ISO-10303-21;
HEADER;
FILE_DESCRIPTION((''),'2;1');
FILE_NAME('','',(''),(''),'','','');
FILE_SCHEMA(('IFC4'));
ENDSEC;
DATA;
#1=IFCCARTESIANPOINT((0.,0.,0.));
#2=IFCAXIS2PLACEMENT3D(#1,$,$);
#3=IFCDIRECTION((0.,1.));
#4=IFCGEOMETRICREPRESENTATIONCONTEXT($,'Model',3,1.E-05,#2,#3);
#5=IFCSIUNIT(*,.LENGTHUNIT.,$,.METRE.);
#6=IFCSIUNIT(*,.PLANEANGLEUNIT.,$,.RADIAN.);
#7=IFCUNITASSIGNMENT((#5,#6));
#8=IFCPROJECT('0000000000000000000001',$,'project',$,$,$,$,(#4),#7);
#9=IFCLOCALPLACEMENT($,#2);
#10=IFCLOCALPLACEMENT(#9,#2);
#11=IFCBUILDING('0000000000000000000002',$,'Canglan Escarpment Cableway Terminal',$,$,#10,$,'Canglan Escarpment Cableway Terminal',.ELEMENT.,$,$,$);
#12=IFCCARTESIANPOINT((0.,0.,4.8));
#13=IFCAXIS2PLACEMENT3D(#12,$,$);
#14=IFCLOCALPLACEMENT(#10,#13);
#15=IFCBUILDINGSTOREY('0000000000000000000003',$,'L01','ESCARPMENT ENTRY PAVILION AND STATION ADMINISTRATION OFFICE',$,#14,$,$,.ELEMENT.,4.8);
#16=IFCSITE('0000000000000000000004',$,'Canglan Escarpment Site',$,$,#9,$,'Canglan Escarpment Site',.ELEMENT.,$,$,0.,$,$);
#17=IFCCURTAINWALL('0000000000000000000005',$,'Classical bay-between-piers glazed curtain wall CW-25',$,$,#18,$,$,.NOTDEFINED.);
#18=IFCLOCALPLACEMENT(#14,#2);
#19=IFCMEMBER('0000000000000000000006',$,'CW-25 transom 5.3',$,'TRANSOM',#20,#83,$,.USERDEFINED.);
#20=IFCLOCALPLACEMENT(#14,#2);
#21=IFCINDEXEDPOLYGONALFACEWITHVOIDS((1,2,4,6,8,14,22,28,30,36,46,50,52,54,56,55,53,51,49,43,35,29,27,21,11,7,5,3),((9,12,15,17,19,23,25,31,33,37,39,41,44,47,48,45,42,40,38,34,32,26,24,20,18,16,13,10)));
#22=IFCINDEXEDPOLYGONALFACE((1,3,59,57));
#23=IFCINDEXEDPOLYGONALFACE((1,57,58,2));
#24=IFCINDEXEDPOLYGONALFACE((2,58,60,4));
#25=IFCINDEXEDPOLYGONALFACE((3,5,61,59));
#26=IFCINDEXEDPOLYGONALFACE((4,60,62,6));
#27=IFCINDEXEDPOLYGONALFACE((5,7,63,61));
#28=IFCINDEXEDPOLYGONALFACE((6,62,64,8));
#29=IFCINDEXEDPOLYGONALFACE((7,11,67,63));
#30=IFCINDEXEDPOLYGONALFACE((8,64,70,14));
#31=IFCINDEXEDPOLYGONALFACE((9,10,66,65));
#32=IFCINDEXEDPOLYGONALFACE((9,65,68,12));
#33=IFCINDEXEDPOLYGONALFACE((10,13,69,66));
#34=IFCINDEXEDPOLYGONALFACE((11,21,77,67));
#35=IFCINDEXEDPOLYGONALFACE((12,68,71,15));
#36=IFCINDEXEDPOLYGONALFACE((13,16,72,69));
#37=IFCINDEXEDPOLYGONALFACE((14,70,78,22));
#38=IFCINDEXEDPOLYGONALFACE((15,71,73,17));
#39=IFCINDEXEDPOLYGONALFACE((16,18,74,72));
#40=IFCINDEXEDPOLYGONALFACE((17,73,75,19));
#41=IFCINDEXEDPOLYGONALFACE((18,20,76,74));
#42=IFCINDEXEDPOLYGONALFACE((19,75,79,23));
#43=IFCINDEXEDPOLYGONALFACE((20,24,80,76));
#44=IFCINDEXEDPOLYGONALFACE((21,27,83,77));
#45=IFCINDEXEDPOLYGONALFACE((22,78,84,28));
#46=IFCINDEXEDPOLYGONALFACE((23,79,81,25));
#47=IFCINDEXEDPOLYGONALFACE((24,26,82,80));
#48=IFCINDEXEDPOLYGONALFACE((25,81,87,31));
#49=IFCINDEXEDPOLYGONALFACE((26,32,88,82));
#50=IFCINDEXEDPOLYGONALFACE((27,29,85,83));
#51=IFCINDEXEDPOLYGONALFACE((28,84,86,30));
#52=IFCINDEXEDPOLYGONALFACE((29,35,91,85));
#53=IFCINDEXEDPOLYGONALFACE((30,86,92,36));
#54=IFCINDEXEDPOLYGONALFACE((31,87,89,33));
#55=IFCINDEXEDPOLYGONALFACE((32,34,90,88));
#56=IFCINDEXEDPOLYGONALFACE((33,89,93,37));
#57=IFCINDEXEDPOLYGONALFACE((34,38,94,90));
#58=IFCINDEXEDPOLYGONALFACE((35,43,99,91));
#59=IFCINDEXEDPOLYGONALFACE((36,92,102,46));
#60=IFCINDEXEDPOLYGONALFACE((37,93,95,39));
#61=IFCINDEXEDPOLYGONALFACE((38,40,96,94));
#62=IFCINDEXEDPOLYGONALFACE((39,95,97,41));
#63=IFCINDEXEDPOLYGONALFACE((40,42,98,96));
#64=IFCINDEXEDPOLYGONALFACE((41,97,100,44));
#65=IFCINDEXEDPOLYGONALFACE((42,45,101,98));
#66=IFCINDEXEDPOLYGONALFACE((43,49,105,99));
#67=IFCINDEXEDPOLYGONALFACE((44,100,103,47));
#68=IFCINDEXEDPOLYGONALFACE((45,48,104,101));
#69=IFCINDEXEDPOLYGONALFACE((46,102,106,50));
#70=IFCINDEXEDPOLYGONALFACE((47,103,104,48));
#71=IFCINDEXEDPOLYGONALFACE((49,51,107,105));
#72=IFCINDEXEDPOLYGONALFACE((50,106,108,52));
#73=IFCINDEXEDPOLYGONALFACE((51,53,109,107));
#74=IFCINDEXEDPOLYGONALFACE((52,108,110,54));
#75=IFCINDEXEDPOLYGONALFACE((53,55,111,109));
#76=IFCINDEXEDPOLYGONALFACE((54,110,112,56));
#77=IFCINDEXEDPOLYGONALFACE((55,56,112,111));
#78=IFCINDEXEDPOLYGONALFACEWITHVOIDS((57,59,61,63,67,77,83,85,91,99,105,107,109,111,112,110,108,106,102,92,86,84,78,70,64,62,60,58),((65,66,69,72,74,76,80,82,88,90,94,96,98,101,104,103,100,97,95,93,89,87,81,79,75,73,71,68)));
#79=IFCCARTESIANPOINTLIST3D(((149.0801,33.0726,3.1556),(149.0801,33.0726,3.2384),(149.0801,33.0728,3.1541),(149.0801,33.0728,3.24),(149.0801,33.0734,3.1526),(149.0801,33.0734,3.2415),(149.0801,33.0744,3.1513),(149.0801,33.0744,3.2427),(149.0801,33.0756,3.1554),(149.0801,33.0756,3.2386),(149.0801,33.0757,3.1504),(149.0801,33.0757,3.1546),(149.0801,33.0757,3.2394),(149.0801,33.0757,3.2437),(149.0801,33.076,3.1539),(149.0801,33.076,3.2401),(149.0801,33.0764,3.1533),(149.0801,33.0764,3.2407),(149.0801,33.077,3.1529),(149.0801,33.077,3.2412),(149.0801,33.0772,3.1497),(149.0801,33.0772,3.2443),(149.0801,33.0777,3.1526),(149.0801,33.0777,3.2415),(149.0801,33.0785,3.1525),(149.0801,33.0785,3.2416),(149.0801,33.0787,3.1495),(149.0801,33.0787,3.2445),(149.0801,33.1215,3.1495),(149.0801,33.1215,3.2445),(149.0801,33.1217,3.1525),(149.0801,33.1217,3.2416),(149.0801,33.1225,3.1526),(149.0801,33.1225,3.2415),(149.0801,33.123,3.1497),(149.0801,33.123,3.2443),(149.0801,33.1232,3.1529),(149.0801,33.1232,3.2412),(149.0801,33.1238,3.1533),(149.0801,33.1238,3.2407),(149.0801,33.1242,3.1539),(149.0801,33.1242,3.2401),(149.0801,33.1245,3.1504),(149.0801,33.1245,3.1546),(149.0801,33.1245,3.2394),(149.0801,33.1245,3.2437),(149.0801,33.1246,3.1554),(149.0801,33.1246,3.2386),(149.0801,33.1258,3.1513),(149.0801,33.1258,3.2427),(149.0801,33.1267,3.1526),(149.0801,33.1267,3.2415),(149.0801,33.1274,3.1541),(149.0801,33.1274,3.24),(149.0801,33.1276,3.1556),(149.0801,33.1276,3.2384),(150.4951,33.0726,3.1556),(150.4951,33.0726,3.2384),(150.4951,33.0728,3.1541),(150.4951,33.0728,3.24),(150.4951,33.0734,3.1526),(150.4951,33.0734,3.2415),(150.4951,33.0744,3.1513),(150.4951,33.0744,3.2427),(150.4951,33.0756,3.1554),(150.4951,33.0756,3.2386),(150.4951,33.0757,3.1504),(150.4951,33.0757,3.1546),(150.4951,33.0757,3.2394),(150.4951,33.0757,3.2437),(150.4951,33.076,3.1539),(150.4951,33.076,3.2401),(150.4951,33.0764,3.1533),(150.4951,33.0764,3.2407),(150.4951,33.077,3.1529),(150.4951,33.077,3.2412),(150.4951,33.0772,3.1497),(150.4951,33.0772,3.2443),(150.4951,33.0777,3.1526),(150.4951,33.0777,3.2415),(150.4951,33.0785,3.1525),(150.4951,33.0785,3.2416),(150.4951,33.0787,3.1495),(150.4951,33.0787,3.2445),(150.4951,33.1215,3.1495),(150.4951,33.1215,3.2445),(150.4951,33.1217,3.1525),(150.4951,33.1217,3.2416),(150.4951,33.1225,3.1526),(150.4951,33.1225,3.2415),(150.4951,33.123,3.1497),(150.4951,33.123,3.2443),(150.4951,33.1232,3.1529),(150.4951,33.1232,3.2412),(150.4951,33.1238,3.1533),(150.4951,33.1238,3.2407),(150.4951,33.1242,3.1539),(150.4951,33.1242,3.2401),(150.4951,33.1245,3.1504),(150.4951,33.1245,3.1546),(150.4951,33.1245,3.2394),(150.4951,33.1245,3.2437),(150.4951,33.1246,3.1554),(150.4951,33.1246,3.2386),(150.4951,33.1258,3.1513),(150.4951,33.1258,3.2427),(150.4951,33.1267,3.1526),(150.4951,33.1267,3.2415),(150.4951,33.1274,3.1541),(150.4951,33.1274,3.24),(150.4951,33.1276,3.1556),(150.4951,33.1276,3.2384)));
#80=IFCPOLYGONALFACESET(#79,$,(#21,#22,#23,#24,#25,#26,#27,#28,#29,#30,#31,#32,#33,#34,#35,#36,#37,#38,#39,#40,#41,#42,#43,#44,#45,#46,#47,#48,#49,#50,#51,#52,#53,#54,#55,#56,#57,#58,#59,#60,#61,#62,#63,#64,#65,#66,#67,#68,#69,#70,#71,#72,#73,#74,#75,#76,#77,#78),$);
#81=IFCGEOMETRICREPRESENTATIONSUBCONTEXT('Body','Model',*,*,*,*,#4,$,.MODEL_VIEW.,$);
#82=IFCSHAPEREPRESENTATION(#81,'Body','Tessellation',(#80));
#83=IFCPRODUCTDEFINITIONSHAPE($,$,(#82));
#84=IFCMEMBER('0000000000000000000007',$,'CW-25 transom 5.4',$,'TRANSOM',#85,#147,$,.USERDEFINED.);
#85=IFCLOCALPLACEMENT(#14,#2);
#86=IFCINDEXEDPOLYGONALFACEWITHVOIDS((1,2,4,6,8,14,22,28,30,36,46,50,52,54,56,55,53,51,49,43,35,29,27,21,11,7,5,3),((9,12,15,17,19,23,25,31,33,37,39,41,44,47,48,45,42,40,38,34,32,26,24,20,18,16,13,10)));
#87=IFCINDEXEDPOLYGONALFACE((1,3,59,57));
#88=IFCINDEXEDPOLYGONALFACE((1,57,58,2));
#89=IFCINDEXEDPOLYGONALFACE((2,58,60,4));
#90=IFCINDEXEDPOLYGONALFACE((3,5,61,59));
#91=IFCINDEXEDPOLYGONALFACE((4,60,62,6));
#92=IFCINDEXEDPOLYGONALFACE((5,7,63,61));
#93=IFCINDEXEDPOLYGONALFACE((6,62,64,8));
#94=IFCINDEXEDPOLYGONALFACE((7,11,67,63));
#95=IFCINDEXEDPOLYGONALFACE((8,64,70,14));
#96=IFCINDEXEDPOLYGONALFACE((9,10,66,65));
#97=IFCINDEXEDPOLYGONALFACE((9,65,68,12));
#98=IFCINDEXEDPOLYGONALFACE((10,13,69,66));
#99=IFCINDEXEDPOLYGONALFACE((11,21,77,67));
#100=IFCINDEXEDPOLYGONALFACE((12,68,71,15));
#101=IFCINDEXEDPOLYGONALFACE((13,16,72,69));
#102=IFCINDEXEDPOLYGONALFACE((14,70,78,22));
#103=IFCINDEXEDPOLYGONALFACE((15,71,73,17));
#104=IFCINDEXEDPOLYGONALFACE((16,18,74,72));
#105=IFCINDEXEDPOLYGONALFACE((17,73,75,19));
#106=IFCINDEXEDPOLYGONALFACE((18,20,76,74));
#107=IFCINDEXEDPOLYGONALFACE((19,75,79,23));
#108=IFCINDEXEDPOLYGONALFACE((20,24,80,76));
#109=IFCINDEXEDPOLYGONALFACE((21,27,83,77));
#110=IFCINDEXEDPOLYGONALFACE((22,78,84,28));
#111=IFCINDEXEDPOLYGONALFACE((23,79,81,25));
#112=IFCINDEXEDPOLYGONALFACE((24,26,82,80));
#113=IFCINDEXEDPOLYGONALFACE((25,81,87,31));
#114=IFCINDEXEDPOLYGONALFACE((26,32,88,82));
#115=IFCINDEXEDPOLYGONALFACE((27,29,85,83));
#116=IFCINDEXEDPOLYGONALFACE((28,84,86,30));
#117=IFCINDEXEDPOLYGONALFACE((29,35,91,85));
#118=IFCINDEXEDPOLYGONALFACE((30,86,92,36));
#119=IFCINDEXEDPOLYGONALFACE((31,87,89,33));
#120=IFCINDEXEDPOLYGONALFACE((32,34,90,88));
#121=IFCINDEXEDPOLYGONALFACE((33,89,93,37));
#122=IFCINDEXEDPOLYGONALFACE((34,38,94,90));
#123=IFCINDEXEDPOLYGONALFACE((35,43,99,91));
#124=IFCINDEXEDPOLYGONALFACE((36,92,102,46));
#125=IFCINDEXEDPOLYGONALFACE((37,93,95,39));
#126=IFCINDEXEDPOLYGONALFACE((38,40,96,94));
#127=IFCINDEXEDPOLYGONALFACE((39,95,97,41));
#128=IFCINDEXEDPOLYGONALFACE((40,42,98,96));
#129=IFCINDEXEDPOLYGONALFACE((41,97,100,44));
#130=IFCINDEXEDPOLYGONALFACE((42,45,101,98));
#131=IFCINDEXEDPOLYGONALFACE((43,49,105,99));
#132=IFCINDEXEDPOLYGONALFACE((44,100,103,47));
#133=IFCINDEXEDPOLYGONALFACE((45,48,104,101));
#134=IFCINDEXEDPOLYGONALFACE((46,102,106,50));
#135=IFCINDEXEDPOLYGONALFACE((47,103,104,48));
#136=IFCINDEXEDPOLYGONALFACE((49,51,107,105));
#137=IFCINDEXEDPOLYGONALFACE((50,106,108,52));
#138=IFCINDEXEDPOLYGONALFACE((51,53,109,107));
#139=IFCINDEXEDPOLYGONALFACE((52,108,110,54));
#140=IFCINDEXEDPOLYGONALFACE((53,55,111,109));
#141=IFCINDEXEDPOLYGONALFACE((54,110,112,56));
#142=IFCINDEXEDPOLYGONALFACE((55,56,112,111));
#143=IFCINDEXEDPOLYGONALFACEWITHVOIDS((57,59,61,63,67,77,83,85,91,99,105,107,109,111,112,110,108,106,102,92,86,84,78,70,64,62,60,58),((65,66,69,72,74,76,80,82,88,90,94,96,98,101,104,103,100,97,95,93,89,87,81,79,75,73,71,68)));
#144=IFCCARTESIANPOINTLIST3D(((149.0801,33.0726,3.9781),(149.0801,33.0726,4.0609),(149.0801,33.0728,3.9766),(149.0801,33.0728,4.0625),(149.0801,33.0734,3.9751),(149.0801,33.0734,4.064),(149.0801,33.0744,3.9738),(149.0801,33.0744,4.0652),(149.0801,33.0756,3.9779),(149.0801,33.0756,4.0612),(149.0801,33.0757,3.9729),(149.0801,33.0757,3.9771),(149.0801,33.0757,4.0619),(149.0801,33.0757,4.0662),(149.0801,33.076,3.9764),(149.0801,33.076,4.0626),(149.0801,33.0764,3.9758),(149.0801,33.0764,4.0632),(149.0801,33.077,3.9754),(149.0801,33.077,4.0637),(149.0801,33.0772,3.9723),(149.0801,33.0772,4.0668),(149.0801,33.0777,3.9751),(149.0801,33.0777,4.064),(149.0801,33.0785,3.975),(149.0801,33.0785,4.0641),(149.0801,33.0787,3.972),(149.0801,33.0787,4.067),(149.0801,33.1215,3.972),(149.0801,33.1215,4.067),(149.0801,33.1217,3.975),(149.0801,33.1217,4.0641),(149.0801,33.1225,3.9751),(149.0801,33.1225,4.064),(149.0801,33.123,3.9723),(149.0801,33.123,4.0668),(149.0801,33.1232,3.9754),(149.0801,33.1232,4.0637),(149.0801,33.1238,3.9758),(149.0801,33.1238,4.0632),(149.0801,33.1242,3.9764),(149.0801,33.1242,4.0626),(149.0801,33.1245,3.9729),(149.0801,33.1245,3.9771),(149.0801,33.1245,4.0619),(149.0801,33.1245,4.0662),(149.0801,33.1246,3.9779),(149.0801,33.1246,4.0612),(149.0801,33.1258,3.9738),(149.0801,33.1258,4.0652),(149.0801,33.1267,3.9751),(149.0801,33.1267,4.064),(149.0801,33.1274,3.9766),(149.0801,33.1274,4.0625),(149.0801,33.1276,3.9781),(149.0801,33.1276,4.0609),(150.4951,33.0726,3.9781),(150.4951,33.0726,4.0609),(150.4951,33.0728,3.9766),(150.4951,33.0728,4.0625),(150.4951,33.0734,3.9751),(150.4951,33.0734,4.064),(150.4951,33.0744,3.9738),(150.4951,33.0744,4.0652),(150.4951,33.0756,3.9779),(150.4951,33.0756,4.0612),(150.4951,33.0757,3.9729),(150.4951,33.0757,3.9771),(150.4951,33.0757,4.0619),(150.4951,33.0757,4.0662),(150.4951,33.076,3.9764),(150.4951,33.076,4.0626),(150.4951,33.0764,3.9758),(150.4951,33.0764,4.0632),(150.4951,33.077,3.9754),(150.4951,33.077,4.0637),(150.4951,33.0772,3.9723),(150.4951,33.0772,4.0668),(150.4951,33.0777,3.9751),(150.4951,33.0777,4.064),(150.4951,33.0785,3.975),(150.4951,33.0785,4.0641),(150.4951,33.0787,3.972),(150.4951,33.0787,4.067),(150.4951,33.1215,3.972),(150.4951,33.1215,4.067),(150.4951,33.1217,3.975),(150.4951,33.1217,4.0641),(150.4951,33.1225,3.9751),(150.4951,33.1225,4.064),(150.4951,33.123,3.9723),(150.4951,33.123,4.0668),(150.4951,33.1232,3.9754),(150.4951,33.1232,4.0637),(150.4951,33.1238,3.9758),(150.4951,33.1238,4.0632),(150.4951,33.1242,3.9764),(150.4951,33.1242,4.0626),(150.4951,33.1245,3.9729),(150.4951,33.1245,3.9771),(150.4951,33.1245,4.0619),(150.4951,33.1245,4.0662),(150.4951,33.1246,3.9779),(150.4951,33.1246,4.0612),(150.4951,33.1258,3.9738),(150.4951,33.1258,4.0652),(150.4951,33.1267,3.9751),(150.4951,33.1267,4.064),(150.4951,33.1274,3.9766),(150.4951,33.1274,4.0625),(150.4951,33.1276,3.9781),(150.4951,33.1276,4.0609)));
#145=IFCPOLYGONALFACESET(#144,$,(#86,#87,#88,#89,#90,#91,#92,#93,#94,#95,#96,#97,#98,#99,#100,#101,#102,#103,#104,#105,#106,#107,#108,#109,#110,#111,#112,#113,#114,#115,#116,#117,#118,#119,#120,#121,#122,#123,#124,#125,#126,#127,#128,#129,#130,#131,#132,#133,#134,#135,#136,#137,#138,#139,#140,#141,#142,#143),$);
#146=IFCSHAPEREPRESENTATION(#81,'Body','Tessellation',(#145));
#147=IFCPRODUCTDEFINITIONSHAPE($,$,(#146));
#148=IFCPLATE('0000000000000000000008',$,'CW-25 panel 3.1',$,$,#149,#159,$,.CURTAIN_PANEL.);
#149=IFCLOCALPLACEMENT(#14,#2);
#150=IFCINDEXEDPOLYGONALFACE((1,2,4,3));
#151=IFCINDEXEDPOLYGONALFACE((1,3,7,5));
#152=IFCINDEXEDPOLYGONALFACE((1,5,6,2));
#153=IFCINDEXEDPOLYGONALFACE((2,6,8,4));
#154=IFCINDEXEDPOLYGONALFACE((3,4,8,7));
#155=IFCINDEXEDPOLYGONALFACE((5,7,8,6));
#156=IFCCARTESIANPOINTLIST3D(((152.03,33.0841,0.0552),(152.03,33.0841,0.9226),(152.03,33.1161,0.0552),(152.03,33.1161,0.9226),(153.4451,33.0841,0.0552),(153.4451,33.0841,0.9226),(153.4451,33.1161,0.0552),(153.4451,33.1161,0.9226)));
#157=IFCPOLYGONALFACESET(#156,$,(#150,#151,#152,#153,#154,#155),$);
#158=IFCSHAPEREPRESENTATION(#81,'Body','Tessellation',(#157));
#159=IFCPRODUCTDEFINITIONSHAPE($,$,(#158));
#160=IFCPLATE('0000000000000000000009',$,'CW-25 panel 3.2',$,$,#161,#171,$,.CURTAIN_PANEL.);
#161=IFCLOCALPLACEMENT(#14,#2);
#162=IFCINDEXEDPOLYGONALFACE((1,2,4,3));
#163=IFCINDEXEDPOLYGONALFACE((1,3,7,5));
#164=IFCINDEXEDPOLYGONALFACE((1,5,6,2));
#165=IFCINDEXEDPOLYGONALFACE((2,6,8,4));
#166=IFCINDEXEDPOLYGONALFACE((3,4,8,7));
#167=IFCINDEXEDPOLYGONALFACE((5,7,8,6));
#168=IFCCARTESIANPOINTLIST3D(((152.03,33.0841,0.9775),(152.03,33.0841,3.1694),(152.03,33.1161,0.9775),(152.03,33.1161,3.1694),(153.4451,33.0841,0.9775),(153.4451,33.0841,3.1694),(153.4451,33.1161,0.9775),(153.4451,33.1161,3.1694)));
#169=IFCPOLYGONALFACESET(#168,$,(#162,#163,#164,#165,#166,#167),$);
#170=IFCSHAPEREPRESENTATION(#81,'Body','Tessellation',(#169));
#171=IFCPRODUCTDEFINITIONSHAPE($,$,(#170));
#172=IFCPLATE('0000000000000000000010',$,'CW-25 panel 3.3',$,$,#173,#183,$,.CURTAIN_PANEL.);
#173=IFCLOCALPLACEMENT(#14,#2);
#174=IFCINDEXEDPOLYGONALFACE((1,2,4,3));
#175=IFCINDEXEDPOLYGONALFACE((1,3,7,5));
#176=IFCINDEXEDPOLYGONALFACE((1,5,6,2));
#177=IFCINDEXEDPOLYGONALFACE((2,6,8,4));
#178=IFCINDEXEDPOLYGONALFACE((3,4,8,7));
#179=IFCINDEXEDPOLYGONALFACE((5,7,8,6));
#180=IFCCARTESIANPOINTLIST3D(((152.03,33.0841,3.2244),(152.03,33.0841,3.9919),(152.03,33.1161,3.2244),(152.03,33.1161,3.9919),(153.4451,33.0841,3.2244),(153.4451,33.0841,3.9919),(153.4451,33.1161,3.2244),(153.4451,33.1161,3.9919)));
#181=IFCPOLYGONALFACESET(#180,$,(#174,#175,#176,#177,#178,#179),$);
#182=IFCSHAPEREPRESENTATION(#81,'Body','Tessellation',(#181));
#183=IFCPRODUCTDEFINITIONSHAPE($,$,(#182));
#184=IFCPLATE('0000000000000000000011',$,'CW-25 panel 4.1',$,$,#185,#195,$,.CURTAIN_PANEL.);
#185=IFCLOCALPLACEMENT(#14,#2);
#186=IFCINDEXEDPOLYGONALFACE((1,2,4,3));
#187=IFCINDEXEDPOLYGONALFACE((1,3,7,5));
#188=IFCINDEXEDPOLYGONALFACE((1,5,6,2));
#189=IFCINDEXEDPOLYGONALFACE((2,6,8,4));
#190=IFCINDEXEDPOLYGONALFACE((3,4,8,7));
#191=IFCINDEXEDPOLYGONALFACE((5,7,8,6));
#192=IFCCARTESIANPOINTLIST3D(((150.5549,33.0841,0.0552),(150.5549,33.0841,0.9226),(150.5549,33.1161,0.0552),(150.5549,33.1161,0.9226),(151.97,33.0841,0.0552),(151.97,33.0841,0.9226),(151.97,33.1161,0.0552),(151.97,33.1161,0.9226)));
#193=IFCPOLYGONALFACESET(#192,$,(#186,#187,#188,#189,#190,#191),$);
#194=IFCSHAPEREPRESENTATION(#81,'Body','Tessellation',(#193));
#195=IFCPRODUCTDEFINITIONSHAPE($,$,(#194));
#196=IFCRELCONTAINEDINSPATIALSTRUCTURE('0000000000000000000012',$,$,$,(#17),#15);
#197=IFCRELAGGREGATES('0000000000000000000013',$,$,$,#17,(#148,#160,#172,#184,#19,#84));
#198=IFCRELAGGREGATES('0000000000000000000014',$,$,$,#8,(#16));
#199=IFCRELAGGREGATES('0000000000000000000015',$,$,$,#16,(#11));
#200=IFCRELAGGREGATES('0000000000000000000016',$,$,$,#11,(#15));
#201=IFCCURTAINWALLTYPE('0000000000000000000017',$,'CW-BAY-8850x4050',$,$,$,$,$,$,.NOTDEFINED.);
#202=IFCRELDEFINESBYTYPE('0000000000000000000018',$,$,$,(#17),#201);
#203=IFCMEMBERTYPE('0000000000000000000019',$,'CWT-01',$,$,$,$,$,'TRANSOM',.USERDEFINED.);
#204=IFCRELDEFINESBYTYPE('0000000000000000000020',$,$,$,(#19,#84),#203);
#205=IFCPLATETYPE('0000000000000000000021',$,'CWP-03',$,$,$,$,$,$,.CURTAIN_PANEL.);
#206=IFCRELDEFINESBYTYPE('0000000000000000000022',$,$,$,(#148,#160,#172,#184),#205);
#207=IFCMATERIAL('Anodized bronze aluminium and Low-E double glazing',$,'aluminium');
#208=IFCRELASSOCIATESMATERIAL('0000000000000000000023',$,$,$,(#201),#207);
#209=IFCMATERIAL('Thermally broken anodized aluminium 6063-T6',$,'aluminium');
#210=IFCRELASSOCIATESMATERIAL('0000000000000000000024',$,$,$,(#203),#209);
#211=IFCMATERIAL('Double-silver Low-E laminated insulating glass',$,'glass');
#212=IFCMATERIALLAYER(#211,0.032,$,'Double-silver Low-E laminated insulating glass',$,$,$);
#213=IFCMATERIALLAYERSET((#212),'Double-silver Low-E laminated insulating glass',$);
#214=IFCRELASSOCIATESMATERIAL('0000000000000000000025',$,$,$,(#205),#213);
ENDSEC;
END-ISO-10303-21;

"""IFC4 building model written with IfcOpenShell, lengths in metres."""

from ifc_helpers import new_model, si_unit, direction, frame, origin, origin_2d, place, context, subcontext, project, spatial, rectangle, hollow_rectangle, extrude, material, layer, layer_set, material_profile, profile_set, type_object, element, aggregate, save


model = new_model("IFC4")

# Units and contexts
model_context = context("Model", 3, precision=1e-05, world=origin(), true_north=direction((0.0, 1.0)))
body_context = subcontext(model_context, "Body", "Model", "MODEL_VIEW")
ifc_project = project(units=[si_unit("LENGTHUNIT", "METRE"), si_unit("PLANEANGLEUNIT", "RADIAN")], contexts=[model_context])

# Site, building, storey
site_placement = place(None, origin())
site = spatial("IfcSite", under=ifc_project, at=site_placement, Name="Canglan Escarpment Site", LongName="Canglan Escarpment Site", CompositionType="ELEMENT", RefElevation=0.0)
building_placement = place(site_placement, origin())
building = spatial("IfcBuilding", under=site, at=building_placement, Name="Canglan Escarpment Cableway Terminal", LongName="Canglan Escarpment Cableway Terminal", CompositionType="ELEMENT")
storey_placement = place(building_placement, frame((0.0, 0.0, 4.8)))
storey = spatial("IfcBuildingStorey", under=building, at=storey_placement, Name="L01", Description="ESCARPMENT ENTRY PAVILION AND STATION ADMINISTRATION OFFICE", CompositionType="ELEMENT", Elevation=4.8)

# Curtain wall, members, plates
ifc_material_1 = material(Name="Anodized bronze aluminium and Low-E double glazing", Category="aluminium")
curtain_wall_type = type_object("IfcCurtainWallType", Name="CW-BAY-8850x4050", PredefinedType="NOTDEFINED", material=ifc_material_1)
curtain_wall_placement = place(storey_placement, origin())
curtain_wall = element("IfcCurtainWall", 1, at=curtain_wall_placement, inside=storey, type_object=curtain_wall_type, Name="Classical bay-between-piers glazed curtain wall CW-25", PredefinedType="NOTDEFINED")
ifc_material_2 = material(Name="Thermally broken anodized aluminium 6063-T6", Category="aluminium")
ifc_material_profile_1 = material_profile(ifc_material_2, hollow_rectangle(XDim=0.0549, YDim=0.095, WallThickness=0.0029, InnerFilletRadius=0.0029, OuterFilletRadius=0.0061, at=origin_2d()), Name="ALU-TRAN 55x95x3")
ifc_profile_set_1 = profile_set([ifc_material_profile_1], Name="Thermally broken anodized aluminium 6063-T6")
member_type_1 = type_object("IfcMemberType", Name="CWT-01", ElementType="TRANSOM", PredefinedType="USERDEFINED", material=ifc_profile_set_1)
member_1_placement = place(storey_placement, frame((150.4951, 33.1001, 3.197), z_axis=(-1.0, 0.0, 0.0), x_axis=(0.0, -1.0, 0.0)))
member_1 = element("IfcMember", 2, at=member_1_placement, type_object=member_type_1, Name="CW-25 transom 5.3", ObjectType="TRANSOM", PredefinedType="USERDEFINED", context=body_context, shape_type="SweptSolid", body=[
    extrude(hollow_rectangle(XDim=0.0549, YDim=0.095, WallThickness=0.0029, InnerFilletRadius=0.0029, OuterFilletRadius=0.0061, at=origin_2d()), origin(), (0.0, 0.0, 1.0), 1.415),
])
member_2_placement = place(storey_placement, frame((150.4951, 33.1001, 4.0195), z_axis=(-1.0, 0.0, 0.0), x_axis=(0.0, -1.0, 0.0)))
member_2 = element("IfcMember", 3, at=member_2_placement, type_object=member_type_1, Name="CW-25 transom 5.4", ObjectType="TRANSOM", PredefinedType="USERDEFINED", context=body_context, shape_type="SweptSolid", body=[
    extrude(hollow_rectangle(XDim=0.0549, YDim=0.095, WallThickness=0.0029, InnerFilletRadius=0.0029, OuterFilletRadius=0.0061, at=origin_2d()), origin(), (0.0, 0.0, 1.0), 1.415),
])
ifc_material_3 = material(Name="Double-silver Low-E laminated insulating glass", Category="glass")
ifc_layer = layer(ifc_material_3, 0.032, Name="Double-silver Low-E laminated insulating glass")
ifc_layer_set = layer_set([ifc_layer], Name="Double-silver Low-E laminated insulating glass")
plate_type = type_object("IfcPlateType", Name="CWP-03", PredefinedType="CURTAIN_PANEL", material=ifc_layer_set)
plate_1_placement = place(storey_placement, frame((152.7375, 33.1001, 0.0552), z_axis=(0.0, 0.0, 1.0), x_axis=(-1.0, 0.0, 0.0)))
plate_1 = element("IfcPlate", 4, at=plate_1_placement, type_object=plate_type, Name="CW-25 panel 3.1", PredefinedType="CURTAIN_PANEL", context=body_context, shape_type="SweptSolid", body=[
    extrude(rectangle(XDim=1.415, YDim=0.032, at=origin_2d()), origin(), (0.0, 0.0, 1.0), 0.8674),
])
plate_2_placement = place(storey_placement, frame((152.7375, 33.1001, 0.9775), z_axis=(0.0, 0.0, 1.0), x_axis=(-1.0, 0.0, 0.0)))
plate_2 = element("IfcPlate", 5, at=plate_2_placement, type_object=plate_type, Name="CW-25 panel 3.2", PredefinedType="CURTAIN_PANEL", context=body_context, shape_type="SweptSolid", body=[
    extrude(rectangle(XDim=1.415, YDim=0.032, at=origin_2d()), origin(), (0.0, 0.0, 1.0), 2.1919),
])
plate_3_placement = place(storey_placement, frame((152.7375, 33.1001, 3.2244), z_axis=(0.0, 0.0, 1.0), x_axis=(-1.0, 0.0, 0.0)))
plate_3 = element("IfcPlate", 6, at=plate_3_placement, type_object=plate_type, Name="CW-25 panel 3.3", PredefinedType="CURTAIN_PANEL", context=body_context, shape_type="SweptSolid", body=[
    extrude(rectangle(XDim=1.415, YDim=0.032, at=origin_2d()), origin(), (0.0, 0.0, 1.0), 0.7676),
])
plate_4_placement = place(storey_placement, frame((151.2625, 33.1001, 0.0552), z_axis=(0.0, 0.0, 1.0), x_axis=(-1.0, 0.0, 0.0)))
plate_4 = element("IfcPlate", 7, at=plate_4_placement, type_object=plate_type, Name="CW-25 panel 4.1", PredefinedType="CURTAIN_PANEL", context=body_context, shape_type="SweptSolid", body=[
    extrude(rectangle(XDim=1.415, YDim=0.032, at=origin_2d()), origin(), (0.0, 0.0, 1.0), 0.8674),
])
aggregate(curtain_wall, [plate_1, plate_2, plate_3, plate_4, member_1, member_2])

save(model, "model.ifc")
